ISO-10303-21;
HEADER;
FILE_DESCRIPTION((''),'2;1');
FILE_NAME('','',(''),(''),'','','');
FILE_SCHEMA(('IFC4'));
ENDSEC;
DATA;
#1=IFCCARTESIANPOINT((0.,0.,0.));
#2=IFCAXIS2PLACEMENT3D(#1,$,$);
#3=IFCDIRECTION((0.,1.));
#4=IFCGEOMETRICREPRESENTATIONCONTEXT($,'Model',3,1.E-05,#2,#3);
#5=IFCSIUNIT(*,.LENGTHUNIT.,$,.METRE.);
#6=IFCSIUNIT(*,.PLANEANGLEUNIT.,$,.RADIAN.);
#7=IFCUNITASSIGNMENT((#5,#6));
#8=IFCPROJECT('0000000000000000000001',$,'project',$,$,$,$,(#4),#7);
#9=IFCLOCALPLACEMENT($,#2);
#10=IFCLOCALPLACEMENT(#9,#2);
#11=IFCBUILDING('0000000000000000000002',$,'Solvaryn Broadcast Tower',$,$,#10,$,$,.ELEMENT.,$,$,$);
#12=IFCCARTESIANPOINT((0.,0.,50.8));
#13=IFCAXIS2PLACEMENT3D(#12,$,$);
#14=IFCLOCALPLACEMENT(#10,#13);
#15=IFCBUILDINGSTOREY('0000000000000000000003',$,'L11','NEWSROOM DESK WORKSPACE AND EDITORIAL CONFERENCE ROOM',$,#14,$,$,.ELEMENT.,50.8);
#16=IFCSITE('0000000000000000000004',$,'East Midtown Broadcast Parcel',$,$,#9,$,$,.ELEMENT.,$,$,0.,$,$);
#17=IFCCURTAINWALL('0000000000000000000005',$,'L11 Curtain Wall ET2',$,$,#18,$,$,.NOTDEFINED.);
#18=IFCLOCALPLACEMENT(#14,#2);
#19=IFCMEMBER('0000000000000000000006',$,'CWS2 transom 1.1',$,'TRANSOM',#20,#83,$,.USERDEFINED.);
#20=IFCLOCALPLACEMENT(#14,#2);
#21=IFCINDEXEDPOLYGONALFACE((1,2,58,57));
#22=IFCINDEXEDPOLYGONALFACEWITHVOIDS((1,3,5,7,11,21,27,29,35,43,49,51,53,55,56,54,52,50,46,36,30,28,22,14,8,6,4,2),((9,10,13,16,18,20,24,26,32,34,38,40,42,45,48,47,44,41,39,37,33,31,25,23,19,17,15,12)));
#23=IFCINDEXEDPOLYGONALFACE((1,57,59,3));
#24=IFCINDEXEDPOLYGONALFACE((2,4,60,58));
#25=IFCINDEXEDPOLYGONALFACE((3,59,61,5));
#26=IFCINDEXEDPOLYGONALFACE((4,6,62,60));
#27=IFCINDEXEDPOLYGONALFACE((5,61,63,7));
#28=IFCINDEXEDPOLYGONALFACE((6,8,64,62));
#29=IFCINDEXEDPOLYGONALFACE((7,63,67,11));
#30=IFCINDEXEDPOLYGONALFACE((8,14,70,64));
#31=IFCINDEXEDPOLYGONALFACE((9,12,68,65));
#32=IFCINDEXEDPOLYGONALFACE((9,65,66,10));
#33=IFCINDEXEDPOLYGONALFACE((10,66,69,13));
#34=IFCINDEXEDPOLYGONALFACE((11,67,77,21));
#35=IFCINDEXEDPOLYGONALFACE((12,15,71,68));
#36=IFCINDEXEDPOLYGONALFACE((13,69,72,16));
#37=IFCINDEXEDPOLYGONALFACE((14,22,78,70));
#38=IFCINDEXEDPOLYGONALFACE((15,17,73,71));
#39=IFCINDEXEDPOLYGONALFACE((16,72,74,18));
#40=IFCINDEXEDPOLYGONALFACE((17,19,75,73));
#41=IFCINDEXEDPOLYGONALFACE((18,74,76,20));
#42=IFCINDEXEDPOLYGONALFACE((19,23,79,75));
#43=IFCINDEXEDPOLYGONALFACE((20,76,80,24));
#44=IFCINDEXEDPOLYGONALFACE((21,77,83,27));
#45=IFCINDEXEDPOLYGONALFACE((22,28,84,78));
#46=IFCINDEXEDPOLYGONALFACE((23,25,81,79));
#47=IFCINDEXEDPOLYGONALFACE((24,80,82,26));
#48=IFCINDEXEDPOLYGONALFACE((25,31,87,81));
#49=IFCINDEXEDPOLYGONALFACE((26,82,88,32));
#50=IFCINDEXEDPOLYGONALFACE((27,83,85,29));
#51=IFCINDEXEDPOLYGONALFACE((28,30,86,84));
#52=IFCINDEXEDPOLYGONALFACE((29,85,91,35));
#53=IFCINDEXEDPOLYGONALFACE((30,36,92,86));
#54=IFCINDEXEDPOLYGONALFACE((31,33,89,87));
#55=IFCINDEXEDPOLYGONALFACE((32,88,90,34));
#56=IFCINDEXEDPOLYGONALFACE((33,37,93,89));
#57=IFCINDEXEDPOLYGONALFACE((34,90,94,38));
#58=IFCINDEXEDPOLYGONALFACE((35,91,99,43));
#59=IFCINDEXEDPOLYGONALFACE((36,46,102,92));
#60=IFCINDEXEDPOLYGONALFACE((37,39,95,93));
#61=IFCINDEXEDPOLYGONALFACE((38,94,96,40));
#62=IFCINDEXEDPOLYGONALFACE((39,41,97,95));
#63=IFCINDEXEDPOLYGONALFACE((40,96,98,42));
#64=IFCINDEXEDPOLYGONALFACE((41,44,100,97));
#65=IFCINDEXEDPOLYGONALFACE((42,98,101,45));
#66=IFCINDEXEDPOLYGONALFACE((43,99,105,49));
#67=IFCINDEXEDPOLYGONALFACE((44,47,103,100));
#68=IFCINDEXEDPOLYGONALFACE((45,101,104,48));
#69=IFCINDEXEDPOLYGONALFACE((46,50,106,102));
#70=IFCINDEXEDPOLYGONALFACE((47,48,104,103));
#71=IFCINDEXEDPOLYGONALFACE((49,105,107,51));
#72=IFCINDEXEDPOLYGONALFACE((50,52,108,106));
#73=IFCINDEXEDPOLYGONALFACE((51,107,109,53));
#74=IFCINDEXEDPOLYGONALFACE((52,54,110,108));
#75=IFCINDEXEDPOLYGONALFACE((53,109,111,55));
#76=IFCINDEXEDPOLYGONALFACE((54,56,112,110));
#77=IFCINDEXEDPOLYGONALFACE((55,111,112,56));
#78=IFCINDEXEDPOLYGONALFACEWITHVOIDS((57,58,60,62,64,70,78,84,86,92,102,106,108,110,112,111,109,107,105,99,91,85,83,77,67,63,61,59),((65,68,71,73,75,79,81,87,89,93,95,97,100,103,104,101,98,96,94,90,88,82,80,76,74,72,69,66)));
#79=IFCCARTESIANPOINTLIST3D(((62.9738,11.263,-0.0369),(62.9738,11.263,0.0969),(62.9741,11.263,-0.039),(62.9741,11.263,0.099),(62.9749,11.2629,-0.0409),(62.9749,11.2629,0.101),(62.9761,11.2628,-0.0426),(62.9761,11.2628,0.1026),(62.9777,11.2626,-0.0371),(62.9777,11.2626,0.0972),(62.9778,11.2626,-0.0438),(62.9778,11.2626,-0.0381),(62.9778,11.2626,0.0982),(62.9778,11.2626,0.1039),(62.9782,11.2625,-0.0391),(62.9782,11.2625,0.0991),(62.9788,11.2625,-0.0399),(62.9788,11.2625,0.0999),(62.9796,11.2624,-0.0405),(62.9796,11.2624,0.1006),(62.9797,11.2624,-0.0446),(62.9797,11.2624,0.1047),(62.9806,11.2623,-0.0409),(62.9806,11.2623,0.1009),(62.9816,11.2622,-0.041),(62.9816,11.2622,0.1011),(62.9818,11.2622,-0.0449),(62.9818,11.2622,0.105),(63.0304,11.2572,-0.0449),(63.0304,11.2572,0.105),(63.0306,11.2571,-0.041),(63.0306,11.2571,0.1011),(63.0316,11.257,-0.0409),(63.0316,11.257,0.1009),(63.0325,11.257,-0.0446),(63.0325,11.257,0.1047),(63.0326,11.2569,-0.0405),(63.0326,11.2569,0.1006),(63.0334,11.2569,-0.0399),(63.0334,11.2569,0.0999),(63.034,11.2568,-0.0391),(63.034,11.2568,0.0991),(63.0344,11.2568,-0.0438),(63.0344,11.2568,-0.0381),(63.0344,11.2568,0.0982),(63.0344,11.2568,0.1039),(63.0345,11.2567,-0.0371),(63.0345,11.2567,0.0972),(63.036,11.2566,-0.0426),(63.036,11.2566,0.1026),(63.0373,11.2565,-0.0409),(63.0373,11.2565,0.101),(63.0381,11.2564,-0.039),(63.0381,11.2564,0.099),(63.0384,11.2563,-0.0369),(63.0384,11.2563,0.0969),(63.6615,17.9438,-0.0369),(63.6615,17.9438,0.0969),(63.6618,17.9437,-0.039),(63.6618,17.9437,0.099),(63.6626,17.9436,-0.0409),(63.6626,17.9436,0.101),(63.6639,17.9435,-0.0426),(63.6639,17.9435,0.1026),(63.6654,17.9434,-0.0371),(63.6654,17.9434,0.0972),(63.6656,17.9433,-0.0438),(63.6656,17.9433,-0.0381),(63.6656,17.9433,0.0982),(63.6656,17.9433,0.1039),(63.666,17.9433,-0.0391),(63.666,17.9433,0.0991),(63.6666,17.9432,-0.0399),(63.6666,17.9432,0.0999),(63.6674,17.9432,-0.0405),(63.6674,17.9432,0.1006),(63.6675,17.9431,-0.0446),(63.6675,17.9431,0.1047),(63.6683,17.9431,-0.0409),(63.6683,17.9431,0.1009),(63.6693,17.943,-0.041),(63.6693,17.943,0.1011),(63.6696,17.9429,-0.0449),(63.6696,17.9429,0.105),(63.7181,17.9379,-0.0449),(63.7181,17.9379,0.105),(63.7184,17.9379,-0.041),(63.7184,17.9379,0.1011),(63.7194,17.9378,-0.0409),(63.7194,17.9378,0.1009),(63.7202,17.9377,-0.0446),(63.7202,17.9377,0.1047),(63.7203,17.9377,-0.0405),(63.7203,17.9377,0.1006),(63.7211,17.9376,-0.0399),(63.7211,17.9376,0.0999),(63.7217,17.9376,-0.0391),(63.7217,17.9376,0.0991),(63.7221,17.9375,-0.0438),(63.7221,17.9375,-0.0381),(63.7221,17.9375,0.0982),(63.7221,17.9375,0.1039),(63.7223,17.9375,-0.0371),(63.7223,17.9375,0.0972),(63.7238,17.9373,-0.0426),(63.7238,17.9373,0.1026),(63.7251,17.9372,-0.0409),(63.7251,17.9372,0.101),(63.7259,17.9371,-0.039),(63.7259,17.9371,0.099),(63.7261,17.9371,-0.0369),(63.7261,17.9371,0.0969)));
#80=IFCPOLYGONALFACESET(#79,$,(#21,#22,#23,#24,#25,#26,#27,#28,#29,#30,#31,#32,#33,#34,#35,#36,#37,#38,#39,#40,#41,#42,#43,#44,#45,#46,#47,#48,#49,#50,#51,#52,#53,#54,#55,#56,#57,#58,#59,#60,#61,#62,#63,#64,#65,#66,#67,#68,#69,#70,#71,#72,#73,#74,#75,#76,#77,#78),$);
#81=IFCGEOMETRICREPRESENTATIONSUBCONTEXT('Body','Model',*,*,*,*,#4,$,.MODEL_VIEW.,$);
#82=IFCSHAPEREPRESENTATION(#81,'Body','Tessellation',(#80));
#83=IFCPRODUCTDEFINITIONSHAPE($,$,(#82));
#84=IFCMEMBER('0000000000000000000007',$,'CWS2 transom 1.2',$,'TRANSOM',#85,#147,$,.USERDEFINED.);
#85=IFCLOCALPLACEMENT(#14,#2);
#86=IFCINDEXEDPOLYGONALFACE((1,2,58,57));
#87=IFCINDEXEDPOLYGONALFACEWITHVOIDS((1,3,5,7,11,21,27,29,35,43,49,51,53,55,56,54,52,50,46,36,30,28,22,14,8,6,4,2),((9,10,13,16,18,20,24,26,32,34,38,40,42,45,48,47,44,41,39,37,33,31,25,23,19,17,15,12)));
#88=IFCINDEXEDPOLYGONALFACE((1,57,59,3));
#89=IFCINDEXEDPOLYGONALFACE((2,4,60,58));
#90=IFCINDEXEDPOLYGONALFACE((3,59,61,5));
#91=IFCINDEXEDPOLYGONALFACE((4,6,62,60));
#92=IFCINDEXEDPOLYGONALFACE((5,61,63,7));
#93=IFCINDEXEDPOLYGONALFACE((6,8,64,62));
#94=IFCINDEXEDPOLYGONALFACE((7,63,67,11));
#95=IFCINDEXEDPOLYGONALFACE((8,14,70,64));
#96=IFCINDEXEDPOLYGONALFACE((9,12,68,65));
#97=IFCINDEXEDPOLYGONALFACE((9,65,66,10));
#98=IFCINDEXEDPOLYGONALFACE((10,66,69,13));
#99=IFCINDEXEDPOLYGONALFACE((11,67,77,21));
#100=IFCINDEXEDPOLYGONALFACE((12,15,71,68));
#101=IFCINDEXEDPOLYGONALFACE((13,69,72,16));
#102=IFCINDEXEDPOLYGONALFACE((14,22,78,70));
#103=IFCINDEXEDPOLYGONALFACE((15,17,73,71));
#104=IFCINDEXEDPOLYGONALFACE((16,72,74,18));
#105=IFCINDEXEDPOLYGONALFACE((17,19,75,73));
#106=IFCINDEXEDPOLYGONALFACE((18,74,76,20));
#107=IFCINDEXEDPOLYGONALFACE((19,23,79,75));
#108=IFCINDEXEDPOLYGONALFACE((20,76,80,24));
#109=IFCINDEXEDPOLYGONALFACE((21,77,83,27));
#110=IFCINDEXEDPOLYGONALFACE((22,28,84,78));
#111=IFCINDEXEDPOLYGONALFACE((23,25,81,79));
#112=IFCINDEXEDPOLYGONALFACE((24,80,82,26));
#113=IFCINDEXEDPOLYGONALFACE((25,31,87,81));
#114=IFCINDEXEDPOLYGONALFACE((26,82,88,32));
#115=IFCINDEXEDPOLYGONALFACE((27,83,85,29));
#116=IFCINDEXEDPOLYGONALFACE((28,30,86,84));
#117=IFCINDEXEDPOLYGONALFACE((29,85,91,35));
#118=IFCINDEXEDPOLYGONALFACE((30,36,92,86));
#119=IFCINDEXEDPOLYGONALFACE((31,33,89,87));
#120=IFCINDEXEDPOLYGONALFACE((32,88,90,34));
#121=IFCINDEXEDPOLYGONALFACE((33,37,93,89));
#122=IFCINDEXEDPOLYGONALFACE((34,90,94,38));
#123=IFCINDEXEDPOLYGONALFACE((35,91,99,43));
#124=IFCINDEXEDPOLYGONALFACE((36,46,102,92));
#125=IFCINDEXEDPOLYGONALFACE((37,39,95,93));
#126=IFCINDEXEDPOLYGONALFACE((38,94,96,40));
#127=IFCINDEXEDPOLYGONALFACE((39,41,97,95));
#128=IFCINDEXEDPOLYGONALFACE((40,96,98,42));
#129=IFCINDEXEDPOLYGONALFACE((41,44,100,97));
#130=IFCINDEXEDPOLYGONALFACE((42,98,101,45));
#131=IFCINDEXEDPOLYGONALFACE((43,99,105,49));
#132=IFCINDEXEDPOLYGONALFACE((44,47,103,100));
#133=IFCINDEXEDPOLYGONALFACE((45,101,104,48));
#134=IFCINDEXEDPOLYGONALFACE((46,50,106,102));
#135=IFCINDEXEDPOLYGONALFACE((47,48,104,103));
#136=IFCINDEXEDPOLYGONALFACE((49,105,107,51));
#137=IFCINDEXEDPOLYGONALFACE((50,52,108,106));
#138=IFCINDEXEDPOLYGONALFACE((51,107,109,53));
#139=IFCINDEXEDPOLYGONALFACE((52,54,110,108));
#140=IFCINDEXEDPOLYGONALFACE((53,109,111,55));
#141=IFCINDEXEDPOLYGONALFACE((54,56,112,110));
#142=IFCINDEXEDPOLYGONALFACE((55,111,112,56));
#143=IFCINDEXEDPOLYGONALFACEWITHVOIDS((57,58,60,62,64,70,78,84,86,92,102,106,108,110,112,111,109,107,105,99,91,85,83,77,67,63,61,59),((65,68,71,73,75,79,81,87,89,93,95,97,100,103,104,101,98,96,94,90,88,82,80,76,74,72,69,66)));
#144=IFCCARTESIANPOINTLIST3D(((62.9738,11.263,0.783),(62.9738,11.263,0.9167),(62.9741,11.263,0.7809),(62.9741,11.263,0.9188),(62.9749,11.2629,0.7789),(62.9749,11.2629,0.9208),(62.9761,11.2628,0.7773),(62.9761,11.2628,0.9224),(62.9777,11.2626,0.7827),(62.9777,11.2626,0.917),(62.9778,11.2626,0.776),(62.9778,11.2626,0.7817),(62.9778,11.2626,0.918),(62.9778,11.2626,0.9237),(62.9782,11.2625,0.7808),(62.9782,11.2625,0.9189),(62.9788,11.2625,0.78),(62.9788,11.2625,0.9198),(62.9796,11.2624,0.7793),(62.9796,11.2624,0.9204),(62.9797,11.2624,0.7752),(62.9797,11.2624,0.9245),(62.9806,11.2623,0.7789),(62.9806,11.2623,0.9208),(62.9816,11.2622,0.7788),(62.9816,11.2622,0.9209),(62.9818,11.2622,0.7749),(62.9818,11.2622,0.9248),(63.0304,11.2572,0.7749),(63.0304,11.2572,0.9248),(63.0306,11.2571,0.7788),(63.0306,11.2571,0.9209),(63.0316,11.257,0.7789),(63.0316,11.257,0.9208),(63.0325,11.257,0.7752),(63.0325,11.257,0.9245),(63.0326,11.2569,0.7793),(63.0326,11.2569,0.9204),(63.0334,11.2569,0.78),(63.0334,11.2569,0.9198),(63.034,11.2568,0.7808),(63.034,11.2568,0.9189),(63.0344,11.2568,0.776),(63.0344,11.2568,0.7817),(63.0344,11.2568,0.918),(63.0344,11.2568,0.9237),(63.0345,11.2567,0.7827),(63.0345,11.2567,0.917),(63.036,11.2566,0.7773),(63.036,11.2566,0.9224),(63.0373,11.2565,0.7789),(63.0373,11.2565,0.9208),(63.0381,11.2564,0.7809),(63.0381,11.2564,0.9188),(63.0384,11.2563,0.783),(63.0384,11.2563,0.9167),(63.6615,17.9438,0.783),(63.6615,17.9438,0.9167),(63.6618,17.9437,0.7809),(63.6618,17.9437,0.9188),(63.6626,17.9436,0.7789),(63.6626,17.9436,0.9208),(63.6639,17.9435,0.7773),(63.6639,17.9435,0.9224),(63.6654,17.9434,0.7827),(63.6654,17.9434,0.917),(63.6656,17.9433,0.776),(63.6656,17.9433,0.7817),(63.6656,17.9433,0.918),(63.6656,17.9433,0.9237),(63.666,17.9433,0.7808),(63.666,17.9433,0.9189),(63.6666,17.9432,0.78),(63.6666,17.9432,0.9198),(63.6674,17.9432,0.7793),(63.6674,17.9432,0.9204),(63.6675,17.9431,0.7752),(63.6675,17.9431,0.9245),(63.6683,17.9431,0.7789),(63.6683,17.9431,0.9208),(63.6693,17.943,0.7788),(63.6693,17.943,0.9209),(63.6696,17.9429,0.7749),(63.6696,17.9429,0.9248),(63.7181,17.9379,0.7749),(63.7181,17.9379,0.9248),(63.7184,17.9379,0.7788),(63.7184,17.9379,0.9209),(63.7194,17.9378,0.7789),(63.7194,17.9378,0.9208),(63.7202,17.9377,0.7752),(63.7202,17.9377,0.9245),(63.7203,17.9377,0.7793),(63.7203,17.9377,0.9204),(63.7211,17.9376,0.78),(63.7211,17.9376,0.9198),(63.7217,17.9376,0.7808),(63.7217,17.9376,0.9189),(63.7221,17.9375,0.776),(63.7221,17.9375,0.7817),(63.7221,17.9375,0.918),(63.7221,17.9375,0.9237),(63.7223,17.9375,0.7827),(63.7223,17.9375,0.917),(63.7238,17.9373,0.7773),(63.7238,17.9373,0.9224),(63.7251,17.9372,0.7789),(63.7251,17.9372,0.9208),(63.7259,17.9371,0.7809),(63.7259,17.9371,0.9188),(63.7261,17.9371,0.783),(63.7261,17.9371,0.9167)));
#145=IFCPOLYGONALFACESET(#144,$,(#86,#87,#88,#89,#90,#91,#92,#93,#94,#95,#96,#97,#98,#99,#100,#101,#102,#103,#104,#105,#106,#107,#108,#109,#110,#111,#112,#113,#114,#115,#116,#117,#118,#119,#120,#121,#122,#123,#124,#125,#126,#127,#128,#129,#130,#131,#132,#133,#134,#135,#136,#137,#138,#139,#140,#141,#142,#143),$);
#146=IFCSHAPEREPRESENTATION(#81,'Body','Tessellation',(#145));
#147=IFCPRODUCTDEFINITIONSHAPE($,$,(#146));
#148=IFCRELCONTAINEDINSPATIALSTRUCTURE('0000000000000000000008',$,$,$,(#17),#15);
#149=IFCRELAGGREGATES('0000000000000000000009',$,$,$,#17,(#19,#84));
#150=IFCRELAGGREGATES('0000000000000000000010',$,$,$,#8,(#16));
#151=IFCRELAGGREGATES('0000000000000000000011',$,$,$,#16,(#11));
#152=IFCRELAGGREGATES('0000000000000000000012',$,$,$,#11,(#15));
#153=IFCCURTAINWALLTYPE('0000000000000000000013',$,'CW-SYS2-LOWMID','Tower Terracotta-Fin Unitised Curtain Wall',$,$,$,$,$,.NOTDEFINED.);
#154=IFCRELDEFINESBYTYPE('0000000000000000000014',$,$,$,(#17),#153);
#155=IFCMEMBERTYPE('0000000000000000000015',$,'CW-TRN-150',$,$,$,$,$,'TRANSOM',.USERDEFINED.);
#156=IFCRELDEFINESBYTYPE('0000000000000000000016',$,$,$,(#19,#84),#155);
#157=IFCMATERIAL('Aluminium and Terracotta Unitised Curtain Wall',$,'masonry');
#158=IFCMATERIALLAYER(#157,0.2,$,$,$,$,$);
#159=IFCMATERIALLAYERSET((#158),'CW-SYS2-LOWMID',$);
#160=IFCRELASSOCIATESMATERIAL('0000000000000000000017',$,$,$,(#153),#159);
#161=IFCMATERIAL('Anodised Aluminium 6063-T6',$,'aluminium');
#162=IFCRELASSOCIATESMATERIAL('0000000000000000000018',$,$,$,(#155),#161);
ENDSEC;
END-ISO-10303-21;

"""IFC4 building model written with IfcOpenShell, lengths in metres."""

from ifc_helpers import new_model, si_unit, direction, frame, origin, origin_2d, place, context, subcontext, project, spatial, hollow_rectangle, extrude, material, layer, layer_set, material_profile, profile_set, type_object, element, aggregate, save


model = new_model("IFC4")

# Units and contexts
model_context = context("Model", 3, precision=1e-05, world=origin(), true_north=direction((0.0, 1.0)))
body_context = subcontext(model_context, "Body", "Model", "MODEL_VIEW")
ifc_project = project(units=[si_unit("LENGTHUNIT", "METRE"), si_unit("PLANEANGLEUNIT", "RADIAN")], contexts=[model_context])

# Site, building, storey
site_placement = place(None, origin())
site = spatial("IfcSite", under=ifc_project, at=site_placement, Name="East Midtown Broadcast Parcel", CompositionType="ELEMENT", RefElevation=0.0)
building_placement = place(site_placement, origin())
building = spatial("IfcBuilding", under=site, at=building_placement, Name="Solvaryn Broadcast Tower", CompositionType="ELEMENT")
storey_placement = place(building_placement, frame((0.0, 0.0, 50.8)))
storey = spatial("IfcBuildingStorey", under=building, at=storey_placement, Name="L11", Description="NEWSROOM DESK WORKSPACE AND EDITORIAL CONFERENCE ROOM", CompositionType="ELEMENT", Elevation=50.8)

# Shared definitions
ifc_material_1 = material(Name="Aluminium and Terracotta Unitised Curtain Wall", Category="masonry")
ifc_layer_1 = layer(ifc_material_1, 0.2)
ifc_layer_set_1 = layer_set([ifc_layer_1], Name="CW-SYS2-LOWMID")
curtain_wall_type = type_object("IfcCurtainWallType", Name="CW-SYS2-LOWMID", Description="Tower Terracotta-Fin Unitised Curtain Wall", PredefinedType="NOTDEFINED", material=ifc_layer_set_1)

# Curtain wall, members
curtain_wall_1_placement = place(storey_placement, origin())
curtain_wall_1 = element("IfcCurtainWall", 1, at=curtain_wall_1_placement, inside=storey, type_object=curtain_wall_type, Name="L11 Curtain Wall ET2", PredefinedType="NOTDEFINED")
ifc_material_2 = material(Name="Anodised Aluminium 6063-T6", Category="aluminium")
ifc_material_profile_1 = material_profile(ifc_material_2, hollow_rectangle(XDim=0.0649, YDim=0.1499, WallThickness=0.0039, InnerFilletRadius=0.0039, OuterFilletRadius=0.0081, at=origin_2d()))
ifc_profile_set_1 = profile_set([ifc_material_profile_1], Name="Anodised Aluminium 6063-T6")
member_type_1 = type_object("IfcMemberType", Name="CW-TRN-150", ElementType="TRANSOM", PredefinedType="USERDEFINED", material=ifc_profile_set_1)
member_1_placement = place(storey_placement, frame((63.6938, 17.9404, 0.03), z_axis=(-0.102404, -0.994743, 0.0), x_axis=(0.994743, -0.102404, 0.0)))
member_1 = element("IfcMember", 2, at=member_1_placement, type_object=member_type_1, Name="CWS2 transom 1.1", ObjectType="TRANSOM", PredefinedType="USERDEFINED", context=body_context, shape_type="SweptSolid", body=[
    extrude(hollow_rectangle(XDim=0.0649, YDim=0.1499, WallThickness=0.0039, InnerFilletRadius=0.0039, OuterFilletRadius=0.0081, at=origin_2d()), origin(), (0.0, 0.0, 1.0), 6.7161),
])
member_2_placement = place(storey_placement, frame((63.6938, 17.9404, 0.8499), z_axis=(-0.102404, -0.994743, 0.0), x_axis=(0.994743, -0.102404, 0.0)))
member_2 = element("IfcMember", 3, at=member_2_placement, type_object=member_type_1, Name="CWS2 transom 1.2", ObjectType="TRANSOM", PredefinedType="USERDEFINED", context=body_context, shape_type="SweptSolid", body=[
    extrude(hollow_rectangle(XDim=0.0649, YDim=0.1499, WallThickness=0.0039, InnerFilletRadius=0.0039, OuterFilletRadius=0.0081, at=origin_2d()), origin(), (0.0, 0.0, 1.0), 6.7161),
])

aggregate(curtain_wall_1, [member_1, member_2])

save(model, "model.ifc")
